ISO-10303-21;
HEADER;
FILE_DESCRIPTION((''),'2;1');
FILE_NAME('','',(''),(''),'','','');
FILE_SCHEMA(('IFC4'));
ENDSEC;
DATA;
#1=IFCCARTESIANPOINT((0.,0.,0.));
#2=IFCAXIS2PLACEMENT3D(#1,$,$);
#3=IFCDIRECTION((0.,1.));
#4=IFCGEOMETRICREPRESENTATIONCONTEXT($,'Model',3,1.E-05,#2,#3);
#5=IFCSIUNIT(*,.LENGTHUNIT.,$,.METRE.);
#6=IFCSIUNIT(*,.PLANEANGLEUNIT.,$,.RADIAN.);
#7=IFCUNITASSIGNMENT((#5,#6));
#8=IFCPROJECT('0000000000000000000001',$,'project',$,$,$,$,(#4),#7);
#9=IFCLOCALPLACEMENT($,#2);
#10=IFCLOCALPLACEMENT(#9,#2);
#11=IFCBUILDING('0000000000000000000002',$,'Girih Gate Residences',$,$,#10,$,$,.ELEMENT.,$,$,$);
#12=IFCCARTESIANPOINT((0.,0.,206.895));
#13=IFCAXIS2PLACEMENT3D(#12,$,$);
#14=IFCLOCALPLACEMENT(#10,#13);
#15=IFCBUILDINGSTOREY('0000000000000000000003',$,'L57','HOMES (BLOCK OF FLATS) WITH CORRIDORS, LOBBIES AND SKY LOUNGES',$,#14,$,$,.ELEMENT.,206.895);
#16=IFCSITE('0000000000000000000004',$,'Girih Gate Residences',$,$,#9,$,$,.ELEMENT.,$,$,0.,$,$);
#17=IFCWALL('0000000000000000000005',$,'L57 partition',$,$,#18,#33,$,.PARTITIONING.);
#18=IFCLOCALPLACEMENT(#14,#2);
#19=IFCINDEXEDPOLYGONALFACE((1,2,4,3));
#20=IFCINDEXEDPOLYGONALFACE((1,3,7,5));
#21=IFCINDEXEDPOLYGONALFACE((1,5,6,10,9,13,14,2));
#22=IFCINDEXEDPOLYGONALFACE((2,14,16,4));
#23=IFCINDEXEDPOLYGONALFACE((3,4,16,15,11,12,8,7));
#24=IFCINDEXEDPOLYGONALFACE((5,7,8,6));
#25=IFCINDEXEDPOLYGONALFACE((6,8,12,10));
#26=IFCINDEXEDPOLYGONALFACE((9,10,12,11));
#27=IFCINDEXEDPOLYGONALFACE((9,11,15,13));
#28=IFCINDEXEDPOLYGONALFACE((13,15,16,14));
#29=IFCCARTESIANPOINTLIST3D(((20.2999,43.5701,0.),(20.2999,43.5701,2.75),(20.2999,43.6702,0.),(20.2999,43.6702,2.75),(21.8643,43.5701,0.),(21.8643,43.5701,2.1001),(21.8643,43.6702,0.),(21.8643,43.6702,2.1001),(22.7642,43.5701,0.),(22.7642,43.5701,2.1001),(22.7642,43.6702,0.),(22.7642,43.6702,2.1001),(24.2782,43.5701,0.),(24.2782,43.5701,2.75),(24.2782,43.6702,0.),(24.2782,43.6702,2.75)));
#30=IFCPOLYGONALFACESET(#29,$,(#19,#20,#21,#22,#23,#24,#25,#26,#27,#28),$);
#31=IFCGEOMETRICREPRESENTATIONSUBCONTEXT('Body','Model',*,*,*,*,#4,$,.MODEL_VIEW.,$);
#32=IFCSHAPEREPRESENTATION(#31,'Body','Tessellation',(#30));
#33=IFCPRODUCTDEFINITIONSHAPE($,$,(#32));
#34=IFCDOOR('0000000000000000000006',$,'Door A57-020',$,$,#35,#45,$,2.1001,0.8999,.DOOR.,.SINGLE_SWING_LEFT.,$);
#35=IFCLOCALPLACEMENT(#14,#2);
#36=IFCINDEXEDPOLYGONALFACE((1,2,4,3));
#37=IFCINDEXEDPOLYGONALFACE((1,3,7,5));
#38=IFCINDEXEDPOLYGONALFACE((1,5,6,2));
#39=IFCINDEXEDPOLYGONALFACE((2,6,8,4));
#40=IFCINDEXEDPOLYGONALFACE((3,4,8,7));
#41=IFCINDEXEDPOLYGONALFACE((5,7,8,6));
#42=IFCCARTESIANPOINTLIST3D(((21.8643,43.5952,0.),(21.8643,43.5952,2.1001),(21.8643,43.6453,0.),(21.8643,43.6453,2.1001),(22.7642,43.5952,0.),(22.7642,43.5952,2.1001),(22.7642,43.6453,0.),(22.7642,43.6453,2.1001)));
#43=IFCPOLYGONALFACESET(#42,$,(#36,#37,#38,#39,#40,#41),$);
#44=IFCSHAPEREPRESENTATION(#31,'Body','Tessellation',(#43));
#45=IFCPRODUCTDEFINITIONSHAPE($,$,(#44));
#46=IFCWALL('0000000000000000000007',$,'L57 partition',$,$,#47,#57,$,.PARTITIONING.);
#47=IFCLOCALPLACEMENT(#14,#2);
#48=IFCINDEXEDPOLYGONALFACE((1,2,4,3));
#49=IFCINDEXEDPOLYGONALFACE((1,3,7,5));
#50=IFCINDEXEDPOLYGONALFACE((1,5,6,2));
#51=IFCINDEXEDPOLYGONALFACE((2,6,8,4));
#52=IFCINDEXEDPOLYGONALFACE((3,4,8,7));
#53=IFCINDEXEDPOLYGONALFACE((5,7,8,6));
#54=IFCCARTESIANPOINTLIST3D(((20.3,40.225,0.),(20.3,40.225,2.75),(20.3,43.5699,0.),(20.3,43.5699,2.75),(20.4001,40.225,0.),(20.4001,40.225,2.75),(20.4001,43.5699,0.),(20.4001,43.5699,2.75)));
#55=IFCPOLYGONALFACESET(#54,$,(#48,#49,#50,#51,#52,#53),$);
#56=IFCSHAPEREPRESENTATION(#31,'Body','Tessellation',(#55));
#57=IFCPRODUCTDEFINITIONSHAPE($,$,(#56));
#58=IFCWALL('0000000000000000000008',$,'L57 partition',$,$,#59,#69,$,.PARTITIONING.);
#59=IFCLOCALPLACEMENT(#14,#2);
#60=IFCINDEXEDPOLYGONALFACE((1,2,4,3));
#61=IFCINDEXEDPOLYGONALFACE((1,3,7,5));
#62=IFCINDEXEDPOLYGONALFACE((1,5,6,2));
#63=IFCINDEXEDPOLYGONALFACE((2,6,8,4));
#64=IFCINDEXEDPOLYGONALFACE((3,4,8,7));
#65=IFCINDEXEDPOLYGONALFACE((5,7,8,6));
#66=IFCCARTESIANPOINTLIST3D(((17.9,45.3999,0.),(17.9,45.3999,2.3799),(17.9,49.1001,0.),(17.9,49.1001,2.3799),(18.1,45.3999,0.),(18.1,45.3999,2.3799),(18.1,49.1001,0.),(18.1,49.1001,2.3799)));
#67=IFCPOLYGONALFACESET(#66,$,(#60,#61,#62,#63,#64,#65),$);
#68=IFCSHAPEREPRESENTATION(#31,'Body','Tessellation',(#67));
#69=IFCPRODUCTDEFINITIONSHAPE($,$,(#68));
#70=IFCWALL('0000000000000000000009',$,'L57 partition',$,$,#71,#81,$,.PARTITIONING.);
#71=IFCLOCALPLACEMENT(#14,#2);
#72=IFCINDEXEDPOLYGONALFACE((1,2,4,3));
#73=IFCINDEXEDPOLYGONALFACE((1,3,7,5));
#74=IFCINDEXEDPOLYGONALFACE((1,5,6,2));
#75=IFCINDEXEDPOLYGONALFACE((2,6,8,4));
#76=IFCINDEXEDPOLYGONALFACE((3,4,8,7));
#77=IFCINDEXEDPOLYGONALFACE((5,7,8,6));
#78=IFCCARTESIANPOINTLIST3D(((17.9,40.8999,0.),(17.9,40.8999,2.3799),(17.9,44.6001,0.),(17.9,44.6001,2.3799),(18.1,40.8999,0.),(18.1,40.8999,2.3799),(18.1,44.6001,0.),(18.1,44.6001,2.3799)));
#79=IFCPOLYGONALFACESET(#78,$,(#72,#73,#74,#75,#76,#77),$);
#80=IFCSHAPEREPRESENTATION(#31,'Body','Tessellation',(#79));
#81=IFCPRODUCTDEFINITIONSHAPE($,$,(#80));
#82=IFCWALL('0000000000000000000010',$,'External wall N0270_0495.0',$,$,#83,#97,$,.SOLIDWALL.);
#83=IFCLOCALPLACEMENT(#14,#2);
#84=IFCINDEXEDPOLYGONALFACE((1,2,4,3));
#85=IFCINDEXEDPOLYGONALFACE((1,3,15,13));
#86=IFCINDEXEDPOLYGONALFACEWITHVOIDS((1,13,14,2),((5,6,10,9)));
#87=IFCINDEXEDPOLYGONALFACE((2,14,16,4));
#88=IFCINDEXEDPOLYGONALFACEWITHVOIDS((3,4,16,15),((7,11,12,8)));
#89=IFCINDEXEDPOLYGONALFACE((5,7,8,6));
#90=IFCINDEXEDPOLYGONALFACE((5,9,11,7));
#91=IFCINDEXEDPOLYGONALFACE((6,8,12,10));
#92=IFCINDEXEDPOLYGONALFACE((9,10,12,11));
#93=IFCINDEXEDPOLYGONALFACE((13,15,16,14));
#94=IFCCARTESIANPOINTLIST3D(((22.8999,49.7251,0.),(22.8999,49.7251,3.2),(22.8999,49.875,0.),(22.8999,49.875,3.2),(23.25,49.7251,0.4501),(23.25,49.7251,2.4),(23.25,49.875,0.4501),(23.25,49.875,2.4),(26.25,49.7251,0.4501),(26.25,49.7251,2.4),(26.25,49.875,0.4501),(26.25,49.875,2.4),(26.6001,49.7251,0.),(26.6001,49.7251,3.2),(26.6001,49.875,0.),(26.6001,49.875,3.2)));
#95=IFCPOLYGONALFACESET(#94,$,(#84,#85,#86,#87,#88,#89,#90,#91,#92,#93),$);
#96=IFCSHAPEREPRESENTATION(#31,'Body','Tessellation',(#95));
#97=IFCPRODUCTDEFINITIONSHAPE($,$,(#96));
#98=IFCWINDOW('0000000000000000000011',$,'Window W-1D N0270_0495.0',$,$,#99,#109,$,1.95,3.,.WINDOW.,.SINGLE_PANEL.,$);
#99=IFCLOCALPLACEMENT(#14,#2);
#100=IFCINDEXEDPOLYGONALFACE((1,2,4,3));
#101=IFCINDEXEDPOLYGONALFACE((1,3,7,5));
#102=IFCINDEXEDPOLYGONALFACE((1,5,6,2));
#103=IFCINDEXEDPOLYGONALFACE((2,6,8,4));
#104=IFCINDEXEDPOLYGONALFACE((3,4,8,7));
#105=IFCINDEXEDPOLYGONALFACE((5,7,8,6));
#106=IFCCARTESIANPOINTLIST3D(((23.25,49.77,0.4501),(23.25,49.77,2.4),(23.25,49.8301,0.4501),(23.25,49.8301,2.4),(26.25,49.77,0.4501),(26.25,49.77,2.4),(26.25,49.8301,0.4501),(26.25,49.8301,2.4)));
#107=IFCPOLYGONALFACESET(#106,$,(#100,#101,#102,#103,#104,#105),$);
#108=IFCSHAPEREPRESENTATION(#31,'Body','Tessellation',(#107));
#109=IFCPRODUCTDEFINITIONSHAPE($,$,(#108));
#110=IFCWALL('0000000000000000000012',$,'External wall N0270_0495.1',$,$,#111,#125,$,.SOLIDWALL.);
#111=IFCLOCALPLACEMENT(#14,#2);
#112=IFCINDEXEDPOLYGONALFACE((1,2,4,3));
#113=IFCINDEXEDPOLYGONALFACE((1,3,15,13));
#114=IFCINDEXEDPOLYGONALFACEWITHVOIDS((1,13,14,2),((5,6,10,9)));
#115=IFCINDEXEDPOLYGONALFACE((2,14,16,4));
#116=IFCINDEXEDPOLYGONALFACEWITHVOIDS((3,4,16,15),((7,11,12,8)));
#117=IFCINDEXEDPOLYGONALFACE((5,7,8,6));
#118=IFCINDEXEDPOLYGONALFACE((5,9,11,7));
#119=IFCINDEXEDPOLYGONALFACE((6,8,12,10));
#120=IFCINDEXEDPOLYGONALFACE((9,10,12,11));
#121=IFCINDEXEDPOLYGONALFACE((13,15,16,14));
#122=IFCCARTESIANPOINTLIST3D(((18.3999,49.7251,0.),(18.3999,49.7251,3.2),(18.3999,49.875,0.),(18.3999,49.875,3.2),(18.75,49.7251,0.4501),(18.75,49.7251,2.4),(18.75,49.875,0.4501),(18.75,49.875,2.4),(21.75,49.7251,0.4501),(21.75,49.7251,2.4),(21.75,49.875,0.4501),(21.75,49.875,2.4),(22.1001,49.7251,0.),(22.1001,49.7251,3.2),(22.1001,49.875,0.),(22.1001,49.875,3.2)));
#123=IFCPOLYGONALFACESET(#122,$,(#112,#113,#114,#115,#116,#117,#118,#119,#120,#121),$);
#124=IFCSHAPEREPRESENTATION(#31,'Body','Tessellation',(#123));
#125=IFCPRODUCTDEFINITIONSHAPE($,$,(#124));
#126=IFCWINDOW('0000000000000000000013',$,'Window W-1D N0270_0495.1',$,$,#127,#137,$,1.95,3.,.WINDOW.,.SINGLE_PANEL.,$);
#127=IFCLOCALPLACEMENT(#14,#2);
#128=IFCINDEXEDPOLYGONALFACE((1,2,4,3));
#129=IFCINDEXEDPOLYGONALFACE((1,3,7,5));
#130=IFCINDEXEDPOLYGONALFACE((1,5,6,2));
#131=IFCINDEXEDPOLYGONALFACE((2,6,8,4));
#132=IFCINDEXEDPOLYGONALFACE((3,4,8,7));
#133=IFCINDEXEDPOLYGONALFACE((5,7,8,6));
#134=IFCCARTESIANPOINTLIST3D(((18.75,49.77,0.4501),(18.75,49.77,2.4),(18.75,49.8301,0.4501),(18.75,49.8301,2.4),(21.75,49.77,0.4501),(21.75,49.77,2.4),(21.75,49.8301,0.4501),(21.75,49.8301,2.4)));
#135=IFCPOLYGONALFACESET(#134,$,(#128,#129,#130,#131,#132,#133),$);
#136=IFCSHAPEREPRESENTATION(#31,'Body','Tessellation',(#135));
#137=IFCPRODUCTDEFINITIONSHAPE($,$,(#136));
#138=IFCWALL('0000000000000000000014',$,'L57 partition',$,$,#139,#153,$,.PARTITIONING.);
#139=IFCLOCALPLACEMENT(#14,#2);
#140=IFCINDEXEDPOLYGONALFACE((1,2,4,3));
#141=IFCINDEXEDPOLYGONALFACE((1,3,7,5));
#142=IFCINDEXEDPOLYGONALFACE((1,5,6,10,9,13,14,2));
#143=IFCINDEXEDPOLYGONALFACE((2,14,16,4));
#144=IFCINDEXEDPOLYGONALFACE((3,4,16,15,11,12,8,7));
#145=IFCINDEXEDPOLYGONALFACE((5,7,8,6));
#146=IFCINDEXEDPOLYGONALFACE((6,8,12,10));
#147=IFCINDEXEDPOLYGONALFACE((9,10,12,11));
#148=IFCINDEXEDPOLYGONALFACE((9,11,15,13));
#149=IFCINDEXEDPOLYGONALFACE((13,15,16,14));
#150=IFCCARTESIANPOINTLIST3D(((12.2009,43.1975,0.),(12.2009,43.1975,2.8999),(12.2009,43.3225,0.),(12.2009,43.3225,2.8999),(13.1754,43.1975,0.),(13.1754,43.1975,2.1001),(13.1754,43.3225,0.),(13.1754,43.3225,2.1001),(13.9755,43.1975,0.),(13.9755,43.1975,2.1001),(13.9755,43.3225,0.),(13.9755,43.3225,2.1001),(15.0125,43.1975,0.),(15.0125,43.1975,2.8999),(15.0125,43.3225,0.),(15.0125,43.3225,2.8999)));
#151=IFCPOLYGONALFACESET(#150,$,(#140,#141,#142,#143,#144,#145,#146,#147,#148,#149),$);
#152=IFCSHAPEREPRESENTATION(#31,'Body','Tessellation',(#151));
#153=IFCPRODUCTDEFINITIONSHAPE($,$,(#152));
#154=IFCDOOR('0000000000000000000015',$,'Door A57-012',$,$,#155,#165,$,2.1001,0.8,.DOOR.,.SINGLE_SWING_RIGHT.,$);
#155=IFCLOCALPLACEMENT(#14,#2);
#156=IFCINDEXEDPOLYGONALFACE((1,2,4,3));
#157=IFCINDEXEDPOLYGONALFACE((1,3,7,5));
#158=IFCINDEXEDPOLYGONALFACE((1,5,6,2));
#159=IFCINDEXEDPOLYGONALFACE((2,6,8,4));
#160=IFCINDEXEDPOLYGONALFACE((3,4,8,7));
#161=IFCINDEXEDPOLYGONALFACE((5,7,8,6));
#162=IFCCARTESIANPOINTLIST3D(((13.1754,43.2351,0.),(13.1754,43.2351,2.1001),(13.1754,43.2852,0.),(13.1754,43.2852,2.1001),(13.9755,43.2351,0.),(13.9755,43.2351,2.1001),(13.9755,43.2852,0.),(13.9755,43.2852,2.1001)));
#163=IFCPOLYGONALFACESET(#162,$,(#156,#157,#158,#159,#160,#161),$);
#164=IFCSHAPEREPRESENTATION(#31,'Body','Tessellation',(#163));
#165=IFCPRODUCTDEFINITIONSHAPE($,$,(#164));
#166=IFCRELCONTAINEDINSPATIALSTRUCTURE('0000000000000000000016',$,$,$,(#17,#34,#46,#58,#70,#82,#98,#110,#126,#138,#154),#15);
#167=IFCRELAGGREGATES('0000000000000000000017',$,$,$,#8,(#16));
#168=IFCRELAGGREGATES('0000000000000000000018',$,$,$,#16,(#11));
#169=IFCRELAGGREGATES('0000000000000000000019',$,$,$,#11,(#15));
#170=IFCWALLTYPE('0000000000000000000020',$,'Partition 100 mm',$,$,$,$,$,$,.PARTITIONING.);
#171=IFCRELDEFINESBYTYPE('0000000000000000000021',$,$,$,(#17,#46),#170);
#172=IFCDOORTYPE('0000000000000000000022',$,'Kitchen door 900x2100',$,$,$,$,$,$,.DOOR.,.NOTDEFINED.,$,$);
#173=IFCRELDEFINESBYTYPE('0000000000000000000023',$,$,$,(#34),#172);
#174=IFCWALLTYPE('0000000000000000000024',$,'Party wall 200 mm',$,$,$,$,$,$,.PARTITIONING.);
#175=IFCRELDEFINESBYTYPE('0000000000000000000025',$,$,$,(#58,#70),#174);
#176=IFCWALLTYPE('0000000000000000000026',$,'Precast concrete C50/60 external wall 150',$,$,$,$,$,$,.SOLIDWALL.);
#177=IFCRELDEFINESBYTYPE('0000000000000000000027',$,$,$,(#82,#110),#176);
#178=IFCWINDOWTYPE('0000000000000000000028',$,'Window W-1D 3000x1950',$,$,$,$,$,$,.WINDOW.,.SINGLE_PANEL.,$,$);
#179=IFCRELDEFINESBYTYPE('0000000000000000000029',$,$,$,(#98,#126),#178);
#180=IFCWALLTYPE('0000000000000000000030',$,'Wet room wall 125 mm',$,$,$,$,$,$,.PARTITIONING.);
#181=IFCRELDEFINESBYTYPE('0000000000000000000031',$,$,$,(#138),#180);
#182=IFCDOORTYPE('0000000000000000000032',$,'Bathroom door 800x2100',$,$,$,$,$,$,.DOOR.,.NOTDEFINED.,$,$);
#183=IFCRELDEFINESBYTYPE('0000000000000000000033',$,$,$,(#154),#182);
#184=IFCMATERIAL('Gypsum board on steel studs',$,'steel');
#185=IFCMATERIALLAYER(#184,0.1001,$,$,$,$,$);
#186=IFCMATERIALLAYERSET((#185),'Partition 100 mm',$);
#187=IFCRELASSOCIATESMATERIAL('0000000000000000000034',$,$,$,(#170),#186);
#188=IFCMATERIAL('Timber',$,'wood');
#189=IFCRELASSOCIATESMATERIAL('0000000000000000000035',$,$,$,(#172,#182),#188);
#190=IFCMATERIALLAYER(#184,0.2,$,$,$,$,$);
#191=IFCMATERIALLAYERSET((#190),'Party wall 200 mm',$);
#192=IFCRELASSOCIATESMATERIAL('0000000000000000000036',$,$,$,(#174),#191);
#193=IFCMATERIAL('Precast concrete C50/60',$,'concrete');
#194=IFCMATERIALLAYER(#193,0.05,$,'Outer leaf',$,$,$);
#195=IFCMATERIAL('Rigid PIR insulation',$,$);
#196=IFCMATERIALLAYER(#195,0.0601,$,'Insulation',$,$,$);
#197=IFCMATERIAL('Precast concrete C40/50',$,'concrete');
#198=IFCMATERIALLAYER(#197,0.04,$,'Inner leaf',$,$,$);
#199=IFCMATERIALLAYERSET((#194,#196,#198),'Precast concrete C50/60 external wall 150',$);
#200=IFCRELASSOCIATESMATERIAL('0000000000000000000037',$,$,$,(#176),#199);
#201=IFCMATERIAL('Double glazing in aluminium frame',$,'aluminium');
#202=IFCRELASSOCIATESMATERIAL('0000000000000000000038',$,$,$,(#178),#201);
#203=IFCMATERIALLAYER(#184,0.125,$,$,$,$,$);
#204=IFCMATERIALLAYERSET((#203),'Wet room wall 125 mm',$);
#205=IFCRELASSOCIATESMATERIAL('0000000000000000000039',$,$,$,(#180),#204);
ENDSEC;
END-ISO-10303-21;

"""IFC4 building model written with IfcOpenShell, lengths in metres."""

from ifc_helpers import new_model, si_unit, direction, frame, frame_2d, origin, place, context, subcontext, project, spatial, rectangle, extrude, material, layer, layer_set, type_object, element, fill, save


model = new_model("IFC4")

# Units and contexts
model_context = context("Model", 3, precision=1e-05, world=origin(), true_north=direction((0.0, 1.0)))
body_context = subcontext(model_context, "Body", "Model", "MODEL_VIEW")
ifc_project = project(units=[si_unit("LENGTHUNIT", "METRE"), si_unit("PLANEANGLEUNIT", "RADIAN")], contexts=[model_context])

# Site, building, storey
site_placement = place(None, origin())
site = spatial("IfcSite", under=ifc_project, at=site_placement, Name="Girih Gate Residences", CompositionType="ELEMENT", RefElevation=0.0)
building_placement = place(site_placement, origin())
building = spatial("IfcBuilding", under=site, at=building_placement, Name="Girih Gate Residences", CompositionType="ELEMENT")
storey_placement = place(building_placement, frame((0.0, 0.0, 206.895)))
storey = spatial("IfcBuildingStorey", under=building, at=storey_placement, Name="L57", Description="HOMES (BLOCK OF FLATS) WITH CORRIDORS, LOBBIES AND SKY LOUNGES", CompositionType="ELEMENT", Elevation=206.895)

# Shared definitions
ifc_material_1 = material(Name="Gypsum board on steel studs", Category="steel")
ifc_layer_1 = layer(ifc_material_1, 0.1001)
ifc_layer_set_1 = layer_set([ifc_layer_1], Name="Partition 100 mm")
wall_type_1 = type_object("IfcWallType", Name="Partition 100 mm", PredefinedType="PARTITIONING", material=ifc_layer_set_1)

# Wall, opening, door
ifc_material_2 = material(Name="Timber", Category="wood")
wall_1_placement = place(storey_placement, frame((24.2783, 43.6201, 0.0), z_axis=(0.0, 0.0, 1.0), x_axis=(-1.0, 0.0, 0.0)))
wall_1 = element("IfcWall", 1, at=wall_1_placement, inside=storey, type_object=wall_type_1, Name="L57 partition", PredefinedType="PARTITIONING", context=body_context, shape_type="SweptSolid", body=[
    extrude(rectangle(XDim=3.9783, YDim=0.1001, at=frame_2d((1.9893, 0.0))), origin(), (0.0, 0.0, 1.0), 2.75),
])
opening_1_placement = place(wall_1_placement, frame((1.5142, 0.0, 0.0)))
opening_1 = element("IfcOpeningElement", 2, at=opening_1_placement, cuts=wall_1, PredefinedType="OPENING", context=body_context, shape_type="SweptSolid", body=[
    extrude(rectangle(XDim=0.8999, YDim=2.1001, at=frame_2d((0.45, 1.05))), frame((0.0, 0.0601, 0.0), z_axis=(0.0, -1.0, 0.0), x_axis=(1.0, 0.0, 0.0)), (0.0, 0.0, 1.0), 0.1201),
])
door_type_1 = type_object("IfcDoorType", Name="Kitchen door 900x2100", OperationType="NOTDEFINED", PredefinedType="DOOR", material=ifc_material_2)
door_1_placement = place(opening_1_placement, origin())
door_1 = element("IfcDoor", 3, at=door_1_placement, inside=storey, type_object=door_type_1, Name="Door A57-020", OperationType="SINGLE_SWING_LEFT", OverallHeight=2.1001, OverallWidth=0.8999, PredefinedType="DOOR", context=body_context, shape_type="SweptSolid", body=[
    extrude(rectangle(XDim=0.8999, YDim=2.1001, at=frame_2d((0.45, 1.05))), frame((0.0, 0.0249, 0.0), z_axis=(0.0, -1.0, 0.0), x_axis=(1.0, 0.0, 0.0)), (0.0, 0.0, 1.0), 0.05),
])
fill(opening_1, door_1)

# Walls
wall_2_placement = place(storey_placement, frame((20.3501, 40.2251, 0.0), z_axis=(0.0, 0.0, 1.0), x_axis=(0.0, 1.0, 0.0)))
element("IfcWall", 4, at=wall_2_placement, inside=storey, type_object=wall_type_1, Name="L57 partition", PredefinedType="PARTITIONING", context=body_context, shape_type="SweptSolid", body=[
    extrude(rectangle(XDim=3.345, YDim=0.1001, at=frame_2d((1.6724, 0.0))), origin(), (0.0, 0.0, 1.0), 2.75),
])
ifc_layer_2 = layer(ifc_material_1, 0.2)
ifc_layer_set_2 = layer_set([ifc_layer_2], Name="Party wall 200 mm")
wall_type_2 = type_object("IfcWallType", Name="Party wall 200 mm", PredefinedType="PARTITIONING", material=ifc_layer_set_2)
for number, where, z_axis, x_axis, name in (
    (5, (18.0, 45.3999, 0.0), (0.0, 0.0, 1.0), (0.0, 1.0, 0.0), "L57 partition"),
    (6, (18.0, 40.8999, 0.0), (0.0, 0.0, 1.0), (0.0, 1.0, 0.0), "L57 partition"),
):
    element("IfcWall", number, at=place(storey_placement, frame(where, z_axis=z_axis, x_axis=x_axis)), inside=storey, type_object=wall_type_2, Name=name, PredefinedType="PARTITIONING", context=body_context, shape_type="SweptSolid", body=[
        extrude(rectangle(XDim=3.7002, YDim=0.2, at=frame_2d((1.8501, 0.0))), origin(), (0.0, 0.0, 1.0), 2.3799),
    ])

# Walls, openings, windows
ifc_material_3 = material(Name="Precast concrete C50/60", Category="concrete")
ifc_layer_3 = layer(ifc_material_3, 0.05, Name="Outer leaf")
ifc_material_4 = material(Name="Rigid PIR insulation")
ifc_layer_4 = layer(ifc_material_4, 0.0601, Name="Insulation")
ifc_material_5 = material(Name="Precast concrete C40/50", Category="concrete")
ifc_layer_5 = layer(ifc_material_5, 0.04, Name="Inner leaf")
ifc_layer_set_3 = layer_set([ifc_layer_3, ifc_layer_4, ifc_layer_5], Name="Precast concrete C50/60 external wall 150")
wall_type_3 = type_object("IfcWallType", Name="Precast concrete C50/60 external wall 150", PredefinedType="SOLIDWALL", material=ifc_layer_set_3)
wall_3_placement = place(storey_placement, frame((22.8999, 49.8, 0.0), z_axis=(0.0, 0.0, 1.0), x_axis=(1.0, 0.0, 0.0)))
wall_3 = element("IfcWall", 7, at=wall_3_placement, inside=storey, type_object=wall_type_3, Name="External wall N0270_0495.0", PredefinedType="SOLIDWALL", context=body_context, shape_type="SweptSolid", body=[
    extrude(rectangle(XDim=3.7002, YDim=0.1499, at=frame_2d((1.8501, 0.0))), origin(), (0.0, 0.0, 1.0), 3.2),
])
opening_2_placement = place(wall_3_placement, frame((0.3501, 0.0, 0.45)))
opening_2 = element("IfcOpeningElement", 8, at=opening_2_placement, cuts=wall_3, PredefinedType="OPENING", context=body_context, shape_type="SweptSolid", body=[
    extrude(rectangle(XDim=3.0, YDim=1.95, at=frame_2d((1.5, 0.9751))), frame((0.0, 0.085, 0.0), z_axis=(0.0, -1.0, 0.0), x_axis=(1.0, 0.0, 0.0)), (0.0, 0.0, 1.0), 0.1699),
])
ifc_material_6 = material(Name="Double glazing in aluminium frame", Category="aluminium")
window_type = type_object("IfcWindowType", Name="Window W-1D 3000x1950", PartitioningType="SINGLE_PANEL", PredefinedType="WINDOW", material=ifc_material_6)
window_1_placement = place(opening_2_placement, origin())
window_1 = element("IfcWindow", 9, at=window_1_placement, inside=storey, type_object=window_type, Name="Window W-1D N0270_0495.0", OverallHeight=1.95, OverallWidth=3.0, PartitioningType="SINGLE_PANEL", PredefinedType="WINDOW", context=body_context, shape_type="SweptSolid", body=[
    extrude(rectangle(XDim=3.0, YDim=1.95, at=frame_2d((1.5, 0.9751))), frame((0.0, 0.03, 0.0), z_axis=(0.0, -1.0, 0.0), x_axis=(1.0, 0.0, 0.0)), (0.0, 0.0, 1.0), 0.0601),
])
fill(opening_2, window_1)
wall_4_placement = place(storey_placement, frame((18.3999, 49.8, 0.0), z_axis=(0.0, 0.0, 1.0), x_axis=(1.0, 0.0, 0.0)))
wall_4 = element("IfcWall", 10, at=wall_4_placement, inside=storey, type_object=wall_type_3, Name="External wall N0270_0495.1", PredefinedType="SOLIDWALL", context=body_context, shape_type="SweptSolid", body=[
    extrude(rectangle(XDim=3.7002, YDim=0.1499, at=frame_2d((1.8501, 0.0))), origin(), (0.0, 0.0, 1.0), 3.2),
])
opening_3_placement = place(wall_4_placement, frame((0.3501, 0.0, 0.45)))
opening_3 = element("IfcOpeningElement", 11, at=opening_3_placement, cuts=wall_4, PredefinedType="OPENING", context=body_context, shape_type="SweptSolid", body=[
    extrude(rectangle(XDim=3.0, YDim=1.95, at=frame_2d((1.5, 0.9751))), frame((0.0, 0.085, 0.0), z_axis=(0.0, -1.0, 0.0), x_axis=(1.0, 0.0, 0.0)), (0.0, 0.0, 1.0), 0.1699),
])
window_2_placement = place(opening_3_placement, origin())
window_2 = element("IfcWindow", 12, at=window_2_placement, inside=storey, type_object=window_type, Name="Window W-1D N0270_0495.1", OverallHeight=1.95, OverallWidth=3.0, PartitioningType="SINGLE_PANEL", PredefinedType="WINDOW", context=body_context, shape_type="SweptSolid", body=[
    extrude(rectangle(XDim=3.0, YDim=1.95, at=frame_2d((1.5, 0.9751))), frame((0.0, 0.03, 0.0), z_axis=(0.0, -1.0, 0.0), x_axis=(1.0, 0.0, 0.0)), (0.0, 0.0, 1.0), 0.0601),
])
fill(opening_3, window_2)

# Wall, opening, door
ifc_layer_6 = layer(ifc_material_1, 0.125)
ifc_layer_set_4 = layer_set([ifc_layer_6], Name="Wet room wall 125 mm")
wall_type_4 = type_object("IfcWallType", Name="Wet room wall 125 mm", PredefinedType="PARTITIONING", material=ifc_layer_set_4)
wall_5_placement = place(storey_placement, frame((15.0125, 43.26, 0.0), z_axis=(0.0, 0.0, 1.0), x_axis=(-1.0, 0.0, 0.0)))
wall_5 = element("IfcWall", 13, at=wall_5_placement, inside=storey, type_object=wall_type_4, Name="L57 partition", PredefinedType="PARTITIONING", context=body_context, shape_type="SweptSolid", body=[
    extrude(rectangle(XDim=2.8115, YDim=0.125, at=frame_2d((1.4058, 0.0))), origin(), (0.0, 0.0, 1.0), 2.8999),
])
opening_4_placement = place(wall_5_placement, frame((1.0371, 0.0, 0.0)))
opening_4 = element("IfcOpeningElement", 14, at=opening_4_placement, cuts=wall_5, PredefinedType="OPENING", context=body_context, shape_type="SweptSolid", body=[
    extrude(rectangle(XDim=0.8, YDim=2.1001, at=frame_2d((0.3999, 1.05))), frame((0.0, 0.0725, 0.0), z_axis=(0.0, -1.0, 0.0), x_axis=(1.0, 0.0, 0.0)), (0.0, 0.0, 1.0), 0.145),
])
door_type_2 = type_object("IfcDoorType", Name="Bathroom door 800x2100", OperationType="NOTDEFINED", PredefinedType="DOOR", material=ifc_material_2)
door_2_placement = place(opening_4_placement, origin())
door_2 = element("IfcDoor", 15, at=door_2_placement, inside=storey, type_object=door_type_2, Name="Door A57-012", OperationType="SINGLE_SWING_RIGHT", OverallHeight=2.1001, OverallWidth=0.8, PredefinedType="DOOR", context=body_context, shape_type="SweptSolid", body=[
    extrude(rectangle(XDim=0.8, YDim=2.1001, at=frame_2d((0.3999, 1.05))), frame((0.0, 0.0249, 0.0), z_axis=(0.0, -1.0, 0.0), x_axis=(1.0, 0.0, 0.0)), (0.0, 0.0, 1.0), 0.05),
])
fill(opening_4, door_2)

save(model, "model.ifc")
